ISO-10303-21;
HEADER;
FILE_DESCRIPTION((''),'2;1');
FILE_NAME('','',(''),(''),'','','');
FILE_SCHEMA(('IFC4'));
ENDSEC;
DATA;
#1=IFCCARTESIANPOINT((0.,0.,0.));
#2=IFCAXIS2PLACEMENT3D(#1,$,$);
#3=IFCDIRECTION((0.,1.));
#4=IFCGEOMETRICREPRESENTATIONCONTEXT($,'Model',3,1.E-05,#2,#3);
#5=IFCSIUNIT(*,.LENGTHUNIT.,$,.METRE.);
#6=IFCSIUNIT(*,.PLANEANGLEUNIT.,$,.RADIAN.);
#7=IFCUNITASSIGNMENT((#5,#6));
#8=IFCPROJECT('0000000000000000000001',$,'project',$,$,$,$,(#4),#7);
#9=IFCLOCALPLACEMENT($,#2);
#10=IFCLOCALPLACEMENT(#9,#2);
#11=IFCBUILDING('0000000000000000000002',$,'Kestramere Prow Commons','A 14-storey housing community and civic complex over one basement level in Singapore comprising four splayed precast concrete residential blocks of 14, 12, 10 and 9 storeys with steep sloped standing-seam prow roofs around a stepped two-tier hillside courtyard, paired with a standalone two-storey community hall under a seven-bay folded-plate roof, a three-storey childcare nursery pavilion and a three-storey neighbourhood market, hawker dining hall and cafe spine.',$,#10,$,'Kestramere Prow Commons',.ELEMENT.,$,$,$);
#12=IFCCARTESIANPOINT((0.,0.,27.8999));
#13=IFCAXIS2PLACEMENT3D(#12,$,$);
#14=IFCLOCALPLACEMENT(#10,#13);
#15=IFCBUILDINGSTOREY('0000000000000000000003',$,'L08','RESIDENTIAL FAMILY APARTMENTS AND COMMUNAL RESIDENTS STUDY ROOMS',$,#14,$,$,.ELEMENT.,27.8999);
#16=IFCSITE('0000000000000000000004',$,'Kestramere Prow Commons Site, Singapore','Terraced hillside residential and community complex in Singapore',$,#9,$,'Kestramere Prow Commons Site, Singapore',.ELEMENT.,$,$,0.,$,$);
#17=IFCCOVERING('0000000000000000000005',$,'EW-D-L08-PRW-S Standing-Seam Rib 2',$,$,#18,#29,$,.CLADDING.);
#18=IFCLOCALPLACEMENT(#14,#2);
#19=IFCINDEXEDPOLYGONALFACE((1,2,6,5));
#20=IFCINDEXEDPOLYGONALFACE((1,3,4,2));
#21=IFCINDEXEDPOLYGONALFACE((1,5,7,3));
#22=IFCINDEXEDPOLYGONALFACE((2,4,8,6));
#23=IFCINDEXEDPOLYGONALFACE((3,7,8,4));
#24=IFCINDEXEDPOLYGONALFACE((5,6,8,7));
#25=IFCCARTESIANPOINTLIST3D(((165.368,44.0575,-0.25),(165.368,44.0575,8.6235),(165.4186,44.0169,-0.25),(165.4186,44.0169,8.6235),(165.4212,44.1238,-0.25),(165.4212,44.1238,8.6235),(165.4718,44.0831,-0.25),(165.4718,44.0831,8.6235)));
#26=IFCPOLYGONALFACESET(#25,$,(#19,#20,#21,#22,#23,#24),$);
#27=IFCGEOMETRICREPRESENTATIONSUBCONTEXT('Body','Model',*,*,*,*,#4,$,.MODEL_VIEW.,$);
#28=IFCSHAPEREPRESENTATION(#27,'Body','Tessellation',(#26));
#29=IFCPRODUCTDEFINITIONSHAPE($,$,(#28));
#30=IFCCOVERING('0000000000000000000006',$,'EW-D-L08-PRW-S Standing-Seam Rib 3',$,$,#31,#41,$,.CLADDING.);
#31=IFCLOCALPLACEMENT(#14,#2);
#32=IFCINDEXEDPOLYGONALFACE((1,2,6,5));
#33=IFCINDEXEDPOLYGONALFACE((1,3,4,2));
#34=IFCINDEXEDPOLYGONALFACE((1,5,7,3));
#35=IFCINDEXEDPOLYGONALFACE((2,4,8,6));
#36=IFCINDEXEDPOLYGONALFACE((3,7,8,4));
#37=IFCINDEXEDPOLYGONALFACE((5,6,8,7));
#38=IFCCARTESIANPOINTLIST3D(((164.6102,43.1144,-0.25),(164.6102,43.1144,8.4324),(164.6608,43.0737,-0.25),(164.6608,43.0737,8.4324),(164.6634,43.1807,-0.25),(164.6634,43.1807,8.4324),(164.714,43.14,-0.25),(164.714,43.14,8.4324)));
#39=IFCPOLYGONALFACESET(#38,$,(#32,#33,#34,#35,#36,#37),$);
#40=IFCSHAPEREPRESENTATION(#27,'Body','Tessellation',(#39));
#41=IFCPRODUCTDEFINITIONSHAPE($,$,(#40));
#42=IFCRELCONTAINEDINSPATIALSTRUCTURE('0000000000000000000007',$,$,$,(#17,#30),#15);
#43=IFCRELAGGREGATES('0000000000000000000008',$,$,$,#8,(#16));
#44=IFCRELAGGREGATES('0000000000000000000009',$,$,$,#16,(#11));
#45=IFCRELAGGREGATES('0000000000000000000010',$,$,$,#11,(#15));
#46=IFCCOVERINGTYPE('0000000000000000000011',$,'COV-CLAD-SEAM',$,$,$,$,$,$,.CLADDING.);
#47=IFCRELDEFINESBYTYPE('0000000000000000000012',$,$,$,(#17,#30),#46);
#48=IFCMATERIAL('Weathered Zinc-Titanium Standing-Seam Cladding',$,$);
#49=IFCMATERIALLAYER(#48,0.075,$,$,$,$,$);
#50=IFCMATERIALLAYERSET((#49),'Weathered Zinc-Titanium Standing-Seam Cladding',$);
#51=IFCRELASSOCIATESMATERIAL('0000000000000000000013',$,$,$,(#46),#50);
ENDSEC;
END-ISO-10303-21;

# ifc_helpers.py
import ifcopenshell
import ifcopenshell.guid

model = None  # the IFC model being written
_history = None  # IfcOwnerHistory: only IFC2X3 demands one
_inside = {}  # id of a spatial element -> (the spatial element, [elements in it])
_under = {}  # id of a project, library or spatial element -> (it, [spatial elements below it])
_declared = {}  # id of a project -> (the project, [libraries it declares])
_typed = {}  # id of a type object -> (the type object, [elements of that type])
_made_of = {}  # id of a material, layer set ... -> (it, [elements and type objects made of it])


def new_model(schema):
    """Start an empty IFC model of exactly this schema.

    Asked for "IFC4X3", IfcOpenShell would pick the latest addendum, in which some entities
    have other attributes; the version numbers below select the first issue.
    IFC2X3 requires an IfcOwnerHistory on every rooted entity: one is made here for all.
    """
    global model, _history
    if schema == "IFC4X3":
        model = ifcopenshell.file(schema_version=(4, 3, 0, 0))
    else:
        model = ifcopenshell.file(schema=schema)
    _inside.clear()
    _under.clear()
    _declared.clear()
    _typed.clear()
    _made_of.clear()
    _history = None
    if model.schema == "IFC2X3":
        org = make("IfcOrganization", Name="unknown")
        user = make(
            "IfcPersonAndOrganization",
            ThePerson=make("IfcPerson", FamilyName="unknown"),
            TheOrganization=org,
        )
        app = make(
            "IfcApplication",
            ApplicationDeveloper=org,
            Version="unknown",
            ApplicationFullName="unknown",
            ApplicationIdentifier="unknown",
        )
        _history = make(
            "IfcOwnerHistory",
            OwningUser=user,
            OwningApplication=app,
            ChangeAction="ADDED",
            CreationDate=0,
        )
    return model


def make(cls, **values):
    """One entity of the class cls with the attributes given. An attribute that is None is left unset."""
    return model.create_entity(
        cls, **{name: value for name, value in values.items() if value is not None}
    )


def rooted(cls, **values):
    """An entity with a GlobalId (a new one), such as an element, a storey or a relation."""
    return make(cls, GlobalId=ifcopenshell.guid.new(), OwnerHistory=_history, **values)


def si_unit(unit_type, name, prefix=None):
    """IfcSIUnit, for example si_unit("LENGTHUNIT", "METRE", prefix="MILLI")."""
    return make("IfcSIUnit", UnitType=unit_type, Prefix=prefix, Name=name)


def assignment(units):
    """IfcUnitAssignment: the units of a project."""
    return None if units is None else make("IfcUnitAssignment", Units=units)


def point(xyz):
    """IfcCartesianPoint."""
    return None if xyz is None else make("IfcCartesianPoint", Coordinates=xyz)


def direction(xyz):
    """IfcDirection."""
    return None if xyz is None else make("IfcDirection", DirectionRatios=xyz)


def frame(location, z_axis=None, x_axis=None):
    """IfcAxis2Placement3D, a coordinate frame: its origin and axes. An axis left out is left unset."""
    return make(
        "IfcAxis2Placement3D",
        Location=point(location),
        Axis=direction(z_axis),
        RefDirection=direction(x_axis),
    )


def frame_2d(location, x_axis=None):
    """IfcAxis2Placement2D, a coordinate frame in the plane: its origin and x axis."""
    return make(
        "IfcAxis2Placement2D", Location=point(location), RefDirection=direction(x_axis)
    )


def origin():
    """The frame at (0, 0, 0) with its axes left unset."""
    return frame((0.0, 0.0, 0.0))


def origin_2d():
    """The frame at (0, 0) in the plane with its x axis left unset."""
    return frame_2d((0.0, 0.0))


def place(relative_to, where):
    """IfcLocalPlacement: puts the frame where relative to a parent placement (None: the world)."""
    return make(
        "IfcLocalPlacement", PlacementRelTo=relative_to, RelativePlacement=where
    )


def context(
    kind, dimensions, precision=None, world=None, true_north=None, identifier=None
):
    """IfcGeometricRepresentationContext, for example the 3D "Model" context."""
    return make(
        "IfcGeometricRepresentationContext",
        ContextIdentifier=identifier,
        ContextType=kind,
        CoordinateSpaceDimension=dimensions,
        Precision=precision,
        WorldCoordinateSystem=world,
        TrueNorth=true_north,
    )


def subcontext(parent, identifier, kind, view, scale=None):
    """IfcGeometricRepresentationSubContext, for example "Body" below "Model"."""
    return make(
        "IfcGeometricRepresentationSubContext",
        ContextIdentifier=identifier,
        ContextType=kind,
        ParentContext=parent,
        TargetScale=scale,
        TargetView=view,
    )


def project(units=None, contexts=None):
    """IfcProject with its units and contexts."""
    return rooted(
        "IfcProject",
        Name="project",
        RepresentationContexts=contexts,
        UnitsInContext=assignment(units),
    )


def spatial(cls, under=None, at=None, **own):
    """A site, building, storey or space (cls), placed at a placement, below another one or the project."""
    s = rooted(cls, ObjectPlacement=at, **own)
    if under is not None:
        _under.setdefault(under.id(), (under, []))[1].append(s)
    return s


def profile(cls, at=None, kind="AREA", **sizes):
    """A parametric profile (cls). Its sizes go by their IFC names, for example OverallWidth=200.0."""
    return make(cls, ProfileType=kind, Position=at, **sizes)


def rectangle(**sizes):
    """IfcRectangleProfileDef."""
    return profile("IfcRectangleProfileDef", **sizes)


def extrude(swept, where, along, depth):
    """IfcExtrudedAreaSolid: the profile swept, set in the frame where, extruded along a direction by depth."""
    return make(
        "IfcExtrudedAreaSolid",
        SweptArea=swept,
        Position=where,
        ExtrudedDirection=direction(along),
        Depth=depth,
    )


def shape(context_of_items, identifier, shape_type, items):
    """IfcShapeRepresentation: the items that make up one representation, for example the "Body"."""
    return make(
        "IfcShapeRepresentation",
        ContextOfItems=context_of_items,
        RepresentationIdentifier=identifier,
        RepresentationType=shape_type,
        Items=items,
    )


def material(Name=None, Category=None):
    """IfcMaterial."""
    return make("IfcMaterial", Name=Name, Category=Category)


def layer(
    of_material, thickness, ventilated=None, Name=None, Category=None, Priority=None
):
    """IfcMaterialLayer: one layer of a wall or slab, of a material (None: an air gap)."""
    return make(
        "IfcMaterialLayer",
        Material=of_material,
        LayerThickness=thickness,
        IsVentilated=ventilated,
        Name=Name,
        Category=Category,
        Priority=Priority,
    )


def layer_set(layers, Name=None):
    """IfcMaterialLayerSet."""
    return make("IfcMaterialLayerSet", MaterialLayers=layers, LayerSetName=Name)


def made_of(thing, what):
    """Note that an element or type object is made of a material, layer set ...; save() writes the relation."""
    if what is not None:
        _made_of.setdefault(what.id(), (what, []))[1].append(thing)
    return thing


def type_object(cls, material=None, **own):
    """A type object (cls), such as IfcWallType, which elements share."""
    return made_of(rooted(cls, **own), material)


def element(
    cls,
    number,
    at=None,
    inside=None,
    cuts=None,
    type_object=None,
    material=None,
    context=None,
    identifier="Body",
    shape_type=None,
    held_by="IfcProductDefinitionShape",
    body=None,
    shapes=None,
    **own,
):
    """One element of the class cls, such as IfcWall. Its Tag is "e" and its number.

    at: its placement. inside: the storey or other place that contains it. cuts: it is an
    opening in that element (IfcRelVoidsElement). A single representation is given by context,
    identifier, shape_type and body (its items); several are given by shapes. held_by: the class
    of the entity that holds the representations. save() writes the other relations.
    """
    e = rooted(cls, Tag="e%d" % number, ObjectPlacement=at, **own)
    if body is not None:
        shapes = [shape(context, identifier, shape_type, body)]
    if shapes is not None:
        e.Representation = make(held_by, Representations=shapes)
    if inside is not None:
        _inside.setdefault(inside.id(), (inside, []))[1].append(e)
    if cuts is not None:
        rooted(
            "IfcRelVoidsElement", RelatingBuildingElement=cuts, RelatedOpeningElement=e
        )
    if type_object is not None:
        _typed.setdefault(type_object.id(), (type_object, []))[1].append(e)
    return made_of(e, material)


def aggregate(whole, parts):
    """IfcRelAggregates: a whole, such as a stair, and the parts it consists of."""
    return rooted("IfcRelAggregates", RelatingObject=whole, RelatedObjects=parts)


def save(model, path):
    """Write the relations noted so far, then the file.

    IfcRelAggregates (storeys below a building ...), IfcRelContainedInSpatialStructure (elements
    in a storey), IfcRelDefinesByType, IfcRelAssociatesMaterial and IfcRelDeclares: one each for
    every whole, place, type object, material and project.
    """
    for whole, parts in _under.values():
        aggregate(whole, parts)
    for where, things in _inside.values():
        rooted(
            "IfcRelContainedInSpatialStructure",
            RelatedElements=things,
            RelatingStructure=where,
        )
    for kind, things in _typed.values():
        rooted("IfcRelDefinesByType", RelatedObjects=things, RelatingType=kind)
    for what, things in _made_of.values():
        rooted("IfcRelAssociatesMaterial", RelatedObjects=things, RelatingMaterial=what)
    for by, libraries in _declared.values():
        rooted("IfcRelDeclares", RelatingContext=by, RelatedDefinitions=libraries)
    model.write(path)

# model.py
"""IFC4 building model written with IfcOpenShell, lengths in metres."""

from ifc_helpers import new_model, si_unit, direction, frame, origin, origin_2d, place, context, subcontext, project, spatial, rectangle, extrude, material, layer, layer_set, type_object, element, save


model = new_model("IFC4")

# Units and contexts
model_context = context("Model", 3, precision=1e-05, world=origin(), true_north=direction((0.0, 1.0)))
body_context = subcontext(model_context, "Body", "Model", "MODEL_VIEW")
ifc_project = project(units=[si_unit("LENGTHUNIT", "METRE"), si_unit("PLANEANGLEUNIT", "RADIAN")], contexts=[model_context])

# Site, building, storey
site_placement = place(None, origin())
site = spatial("IfcSite", under=ifc_project, at=site_placement, Name="Kestramere Prow Commons Site, Singapore", Description="Terraced hillside residential and community complex in Singapore", LongName="Kestramere Prow Commons Site, Singapore", CompositionType="ELEMENT", RefElevation=0.0)
building_placement = place(site_placement, origin())
building = spatial("IfcBuilding", under=site, at=building_placement, Name="Kestramere Prow Commons", Description="A 14-storey housing community and civic complex over one basement level in Singapore comprising four splayed precast concrete residential blocks of 14, 12, 10 and 9 storeys with steep sloped standing-seam prow roofs around a stepped two-tier hillside courtyard, paired with a standalone two-storey community hall under a seven-bay folded-plate roof, a three-storey childcare nursery pavilion and a three-storey neighbourhood market, hawker dining hall and cafe spine.", LongName="Kestramere Prow Commons", CompositionType="ELEMENT")
storey_placement = place(building_placement, frame((0.0, 0.0, 27.8999)))
storey = spatial("IfcBuildingStorey", under=building, at=storey_placement, Name="L08", Description="RESIDENTIAL FAMILY APARTMENTS AND COMMUNAL RESIDENTS STUDY ROOMS", CompositionType="ELEMENT", Elevation=27.8999)

# Coverings
ifc_material_1 = material(Name="Weathered Zinc-Titanium Standing-Seam Cladding")
ifc_layer_1 = layer(ifc_material_1, 0.075)
ifc_layer_set_1 = layer_set([ifc_layer_1], Name="Weathered Zinc-Titanium Standing-Seam Cladding")
covering_type = type_object("IfcCoveringType", Name="COV-CLAD-SEAM", PredefinedType="CLADDING", material=ifc_layer_set_1)
covering_1_placement = place(storey_placement, frame((165.4199, 44.0703, -0.25), z_axis=(0.0, 0.0, 1.0), x_axis=(-0.626298, -0.779584, 0.0)))
element("IfcCovering", 1, at=covering_1_placement, inside=storey, type_object=covering_type, Name="EW-D-L08-PRW-S Standing-Seam Rib 2", PredefinedType="CLADDING", context=body_context, shape_type="SweptSolid", body=[
    extrude(rectangle(XDim=0.085, YDim=0.0649, at=origin_2d()), origin(), (0.0, 0.0, 1.0), 8.8735),
])
covering_2_placement = place(storey_placement, frame((164.6621, 43.1272, -0.25), z_axis=(0.0, 0.0, 1.0), x_axis=(-0.626298, -0.779584, 0.0)))
element("IfcCovering", 2, at=covering_2_placement, inside=storey, type_object=covering_type, Name="EW-D-L08-PRW-S Standing-Seam Rib 3", PredefinedType="CLADDING", context=body_context, shape_type="SweptSolid", body=[
    extrude(rectangle(XDim=0.085, YDim=0.0649, at=origin_2d()), origin(), (0.0, 0.0, 1.0), 8.6824),
])

save(model, "model.ifc")
